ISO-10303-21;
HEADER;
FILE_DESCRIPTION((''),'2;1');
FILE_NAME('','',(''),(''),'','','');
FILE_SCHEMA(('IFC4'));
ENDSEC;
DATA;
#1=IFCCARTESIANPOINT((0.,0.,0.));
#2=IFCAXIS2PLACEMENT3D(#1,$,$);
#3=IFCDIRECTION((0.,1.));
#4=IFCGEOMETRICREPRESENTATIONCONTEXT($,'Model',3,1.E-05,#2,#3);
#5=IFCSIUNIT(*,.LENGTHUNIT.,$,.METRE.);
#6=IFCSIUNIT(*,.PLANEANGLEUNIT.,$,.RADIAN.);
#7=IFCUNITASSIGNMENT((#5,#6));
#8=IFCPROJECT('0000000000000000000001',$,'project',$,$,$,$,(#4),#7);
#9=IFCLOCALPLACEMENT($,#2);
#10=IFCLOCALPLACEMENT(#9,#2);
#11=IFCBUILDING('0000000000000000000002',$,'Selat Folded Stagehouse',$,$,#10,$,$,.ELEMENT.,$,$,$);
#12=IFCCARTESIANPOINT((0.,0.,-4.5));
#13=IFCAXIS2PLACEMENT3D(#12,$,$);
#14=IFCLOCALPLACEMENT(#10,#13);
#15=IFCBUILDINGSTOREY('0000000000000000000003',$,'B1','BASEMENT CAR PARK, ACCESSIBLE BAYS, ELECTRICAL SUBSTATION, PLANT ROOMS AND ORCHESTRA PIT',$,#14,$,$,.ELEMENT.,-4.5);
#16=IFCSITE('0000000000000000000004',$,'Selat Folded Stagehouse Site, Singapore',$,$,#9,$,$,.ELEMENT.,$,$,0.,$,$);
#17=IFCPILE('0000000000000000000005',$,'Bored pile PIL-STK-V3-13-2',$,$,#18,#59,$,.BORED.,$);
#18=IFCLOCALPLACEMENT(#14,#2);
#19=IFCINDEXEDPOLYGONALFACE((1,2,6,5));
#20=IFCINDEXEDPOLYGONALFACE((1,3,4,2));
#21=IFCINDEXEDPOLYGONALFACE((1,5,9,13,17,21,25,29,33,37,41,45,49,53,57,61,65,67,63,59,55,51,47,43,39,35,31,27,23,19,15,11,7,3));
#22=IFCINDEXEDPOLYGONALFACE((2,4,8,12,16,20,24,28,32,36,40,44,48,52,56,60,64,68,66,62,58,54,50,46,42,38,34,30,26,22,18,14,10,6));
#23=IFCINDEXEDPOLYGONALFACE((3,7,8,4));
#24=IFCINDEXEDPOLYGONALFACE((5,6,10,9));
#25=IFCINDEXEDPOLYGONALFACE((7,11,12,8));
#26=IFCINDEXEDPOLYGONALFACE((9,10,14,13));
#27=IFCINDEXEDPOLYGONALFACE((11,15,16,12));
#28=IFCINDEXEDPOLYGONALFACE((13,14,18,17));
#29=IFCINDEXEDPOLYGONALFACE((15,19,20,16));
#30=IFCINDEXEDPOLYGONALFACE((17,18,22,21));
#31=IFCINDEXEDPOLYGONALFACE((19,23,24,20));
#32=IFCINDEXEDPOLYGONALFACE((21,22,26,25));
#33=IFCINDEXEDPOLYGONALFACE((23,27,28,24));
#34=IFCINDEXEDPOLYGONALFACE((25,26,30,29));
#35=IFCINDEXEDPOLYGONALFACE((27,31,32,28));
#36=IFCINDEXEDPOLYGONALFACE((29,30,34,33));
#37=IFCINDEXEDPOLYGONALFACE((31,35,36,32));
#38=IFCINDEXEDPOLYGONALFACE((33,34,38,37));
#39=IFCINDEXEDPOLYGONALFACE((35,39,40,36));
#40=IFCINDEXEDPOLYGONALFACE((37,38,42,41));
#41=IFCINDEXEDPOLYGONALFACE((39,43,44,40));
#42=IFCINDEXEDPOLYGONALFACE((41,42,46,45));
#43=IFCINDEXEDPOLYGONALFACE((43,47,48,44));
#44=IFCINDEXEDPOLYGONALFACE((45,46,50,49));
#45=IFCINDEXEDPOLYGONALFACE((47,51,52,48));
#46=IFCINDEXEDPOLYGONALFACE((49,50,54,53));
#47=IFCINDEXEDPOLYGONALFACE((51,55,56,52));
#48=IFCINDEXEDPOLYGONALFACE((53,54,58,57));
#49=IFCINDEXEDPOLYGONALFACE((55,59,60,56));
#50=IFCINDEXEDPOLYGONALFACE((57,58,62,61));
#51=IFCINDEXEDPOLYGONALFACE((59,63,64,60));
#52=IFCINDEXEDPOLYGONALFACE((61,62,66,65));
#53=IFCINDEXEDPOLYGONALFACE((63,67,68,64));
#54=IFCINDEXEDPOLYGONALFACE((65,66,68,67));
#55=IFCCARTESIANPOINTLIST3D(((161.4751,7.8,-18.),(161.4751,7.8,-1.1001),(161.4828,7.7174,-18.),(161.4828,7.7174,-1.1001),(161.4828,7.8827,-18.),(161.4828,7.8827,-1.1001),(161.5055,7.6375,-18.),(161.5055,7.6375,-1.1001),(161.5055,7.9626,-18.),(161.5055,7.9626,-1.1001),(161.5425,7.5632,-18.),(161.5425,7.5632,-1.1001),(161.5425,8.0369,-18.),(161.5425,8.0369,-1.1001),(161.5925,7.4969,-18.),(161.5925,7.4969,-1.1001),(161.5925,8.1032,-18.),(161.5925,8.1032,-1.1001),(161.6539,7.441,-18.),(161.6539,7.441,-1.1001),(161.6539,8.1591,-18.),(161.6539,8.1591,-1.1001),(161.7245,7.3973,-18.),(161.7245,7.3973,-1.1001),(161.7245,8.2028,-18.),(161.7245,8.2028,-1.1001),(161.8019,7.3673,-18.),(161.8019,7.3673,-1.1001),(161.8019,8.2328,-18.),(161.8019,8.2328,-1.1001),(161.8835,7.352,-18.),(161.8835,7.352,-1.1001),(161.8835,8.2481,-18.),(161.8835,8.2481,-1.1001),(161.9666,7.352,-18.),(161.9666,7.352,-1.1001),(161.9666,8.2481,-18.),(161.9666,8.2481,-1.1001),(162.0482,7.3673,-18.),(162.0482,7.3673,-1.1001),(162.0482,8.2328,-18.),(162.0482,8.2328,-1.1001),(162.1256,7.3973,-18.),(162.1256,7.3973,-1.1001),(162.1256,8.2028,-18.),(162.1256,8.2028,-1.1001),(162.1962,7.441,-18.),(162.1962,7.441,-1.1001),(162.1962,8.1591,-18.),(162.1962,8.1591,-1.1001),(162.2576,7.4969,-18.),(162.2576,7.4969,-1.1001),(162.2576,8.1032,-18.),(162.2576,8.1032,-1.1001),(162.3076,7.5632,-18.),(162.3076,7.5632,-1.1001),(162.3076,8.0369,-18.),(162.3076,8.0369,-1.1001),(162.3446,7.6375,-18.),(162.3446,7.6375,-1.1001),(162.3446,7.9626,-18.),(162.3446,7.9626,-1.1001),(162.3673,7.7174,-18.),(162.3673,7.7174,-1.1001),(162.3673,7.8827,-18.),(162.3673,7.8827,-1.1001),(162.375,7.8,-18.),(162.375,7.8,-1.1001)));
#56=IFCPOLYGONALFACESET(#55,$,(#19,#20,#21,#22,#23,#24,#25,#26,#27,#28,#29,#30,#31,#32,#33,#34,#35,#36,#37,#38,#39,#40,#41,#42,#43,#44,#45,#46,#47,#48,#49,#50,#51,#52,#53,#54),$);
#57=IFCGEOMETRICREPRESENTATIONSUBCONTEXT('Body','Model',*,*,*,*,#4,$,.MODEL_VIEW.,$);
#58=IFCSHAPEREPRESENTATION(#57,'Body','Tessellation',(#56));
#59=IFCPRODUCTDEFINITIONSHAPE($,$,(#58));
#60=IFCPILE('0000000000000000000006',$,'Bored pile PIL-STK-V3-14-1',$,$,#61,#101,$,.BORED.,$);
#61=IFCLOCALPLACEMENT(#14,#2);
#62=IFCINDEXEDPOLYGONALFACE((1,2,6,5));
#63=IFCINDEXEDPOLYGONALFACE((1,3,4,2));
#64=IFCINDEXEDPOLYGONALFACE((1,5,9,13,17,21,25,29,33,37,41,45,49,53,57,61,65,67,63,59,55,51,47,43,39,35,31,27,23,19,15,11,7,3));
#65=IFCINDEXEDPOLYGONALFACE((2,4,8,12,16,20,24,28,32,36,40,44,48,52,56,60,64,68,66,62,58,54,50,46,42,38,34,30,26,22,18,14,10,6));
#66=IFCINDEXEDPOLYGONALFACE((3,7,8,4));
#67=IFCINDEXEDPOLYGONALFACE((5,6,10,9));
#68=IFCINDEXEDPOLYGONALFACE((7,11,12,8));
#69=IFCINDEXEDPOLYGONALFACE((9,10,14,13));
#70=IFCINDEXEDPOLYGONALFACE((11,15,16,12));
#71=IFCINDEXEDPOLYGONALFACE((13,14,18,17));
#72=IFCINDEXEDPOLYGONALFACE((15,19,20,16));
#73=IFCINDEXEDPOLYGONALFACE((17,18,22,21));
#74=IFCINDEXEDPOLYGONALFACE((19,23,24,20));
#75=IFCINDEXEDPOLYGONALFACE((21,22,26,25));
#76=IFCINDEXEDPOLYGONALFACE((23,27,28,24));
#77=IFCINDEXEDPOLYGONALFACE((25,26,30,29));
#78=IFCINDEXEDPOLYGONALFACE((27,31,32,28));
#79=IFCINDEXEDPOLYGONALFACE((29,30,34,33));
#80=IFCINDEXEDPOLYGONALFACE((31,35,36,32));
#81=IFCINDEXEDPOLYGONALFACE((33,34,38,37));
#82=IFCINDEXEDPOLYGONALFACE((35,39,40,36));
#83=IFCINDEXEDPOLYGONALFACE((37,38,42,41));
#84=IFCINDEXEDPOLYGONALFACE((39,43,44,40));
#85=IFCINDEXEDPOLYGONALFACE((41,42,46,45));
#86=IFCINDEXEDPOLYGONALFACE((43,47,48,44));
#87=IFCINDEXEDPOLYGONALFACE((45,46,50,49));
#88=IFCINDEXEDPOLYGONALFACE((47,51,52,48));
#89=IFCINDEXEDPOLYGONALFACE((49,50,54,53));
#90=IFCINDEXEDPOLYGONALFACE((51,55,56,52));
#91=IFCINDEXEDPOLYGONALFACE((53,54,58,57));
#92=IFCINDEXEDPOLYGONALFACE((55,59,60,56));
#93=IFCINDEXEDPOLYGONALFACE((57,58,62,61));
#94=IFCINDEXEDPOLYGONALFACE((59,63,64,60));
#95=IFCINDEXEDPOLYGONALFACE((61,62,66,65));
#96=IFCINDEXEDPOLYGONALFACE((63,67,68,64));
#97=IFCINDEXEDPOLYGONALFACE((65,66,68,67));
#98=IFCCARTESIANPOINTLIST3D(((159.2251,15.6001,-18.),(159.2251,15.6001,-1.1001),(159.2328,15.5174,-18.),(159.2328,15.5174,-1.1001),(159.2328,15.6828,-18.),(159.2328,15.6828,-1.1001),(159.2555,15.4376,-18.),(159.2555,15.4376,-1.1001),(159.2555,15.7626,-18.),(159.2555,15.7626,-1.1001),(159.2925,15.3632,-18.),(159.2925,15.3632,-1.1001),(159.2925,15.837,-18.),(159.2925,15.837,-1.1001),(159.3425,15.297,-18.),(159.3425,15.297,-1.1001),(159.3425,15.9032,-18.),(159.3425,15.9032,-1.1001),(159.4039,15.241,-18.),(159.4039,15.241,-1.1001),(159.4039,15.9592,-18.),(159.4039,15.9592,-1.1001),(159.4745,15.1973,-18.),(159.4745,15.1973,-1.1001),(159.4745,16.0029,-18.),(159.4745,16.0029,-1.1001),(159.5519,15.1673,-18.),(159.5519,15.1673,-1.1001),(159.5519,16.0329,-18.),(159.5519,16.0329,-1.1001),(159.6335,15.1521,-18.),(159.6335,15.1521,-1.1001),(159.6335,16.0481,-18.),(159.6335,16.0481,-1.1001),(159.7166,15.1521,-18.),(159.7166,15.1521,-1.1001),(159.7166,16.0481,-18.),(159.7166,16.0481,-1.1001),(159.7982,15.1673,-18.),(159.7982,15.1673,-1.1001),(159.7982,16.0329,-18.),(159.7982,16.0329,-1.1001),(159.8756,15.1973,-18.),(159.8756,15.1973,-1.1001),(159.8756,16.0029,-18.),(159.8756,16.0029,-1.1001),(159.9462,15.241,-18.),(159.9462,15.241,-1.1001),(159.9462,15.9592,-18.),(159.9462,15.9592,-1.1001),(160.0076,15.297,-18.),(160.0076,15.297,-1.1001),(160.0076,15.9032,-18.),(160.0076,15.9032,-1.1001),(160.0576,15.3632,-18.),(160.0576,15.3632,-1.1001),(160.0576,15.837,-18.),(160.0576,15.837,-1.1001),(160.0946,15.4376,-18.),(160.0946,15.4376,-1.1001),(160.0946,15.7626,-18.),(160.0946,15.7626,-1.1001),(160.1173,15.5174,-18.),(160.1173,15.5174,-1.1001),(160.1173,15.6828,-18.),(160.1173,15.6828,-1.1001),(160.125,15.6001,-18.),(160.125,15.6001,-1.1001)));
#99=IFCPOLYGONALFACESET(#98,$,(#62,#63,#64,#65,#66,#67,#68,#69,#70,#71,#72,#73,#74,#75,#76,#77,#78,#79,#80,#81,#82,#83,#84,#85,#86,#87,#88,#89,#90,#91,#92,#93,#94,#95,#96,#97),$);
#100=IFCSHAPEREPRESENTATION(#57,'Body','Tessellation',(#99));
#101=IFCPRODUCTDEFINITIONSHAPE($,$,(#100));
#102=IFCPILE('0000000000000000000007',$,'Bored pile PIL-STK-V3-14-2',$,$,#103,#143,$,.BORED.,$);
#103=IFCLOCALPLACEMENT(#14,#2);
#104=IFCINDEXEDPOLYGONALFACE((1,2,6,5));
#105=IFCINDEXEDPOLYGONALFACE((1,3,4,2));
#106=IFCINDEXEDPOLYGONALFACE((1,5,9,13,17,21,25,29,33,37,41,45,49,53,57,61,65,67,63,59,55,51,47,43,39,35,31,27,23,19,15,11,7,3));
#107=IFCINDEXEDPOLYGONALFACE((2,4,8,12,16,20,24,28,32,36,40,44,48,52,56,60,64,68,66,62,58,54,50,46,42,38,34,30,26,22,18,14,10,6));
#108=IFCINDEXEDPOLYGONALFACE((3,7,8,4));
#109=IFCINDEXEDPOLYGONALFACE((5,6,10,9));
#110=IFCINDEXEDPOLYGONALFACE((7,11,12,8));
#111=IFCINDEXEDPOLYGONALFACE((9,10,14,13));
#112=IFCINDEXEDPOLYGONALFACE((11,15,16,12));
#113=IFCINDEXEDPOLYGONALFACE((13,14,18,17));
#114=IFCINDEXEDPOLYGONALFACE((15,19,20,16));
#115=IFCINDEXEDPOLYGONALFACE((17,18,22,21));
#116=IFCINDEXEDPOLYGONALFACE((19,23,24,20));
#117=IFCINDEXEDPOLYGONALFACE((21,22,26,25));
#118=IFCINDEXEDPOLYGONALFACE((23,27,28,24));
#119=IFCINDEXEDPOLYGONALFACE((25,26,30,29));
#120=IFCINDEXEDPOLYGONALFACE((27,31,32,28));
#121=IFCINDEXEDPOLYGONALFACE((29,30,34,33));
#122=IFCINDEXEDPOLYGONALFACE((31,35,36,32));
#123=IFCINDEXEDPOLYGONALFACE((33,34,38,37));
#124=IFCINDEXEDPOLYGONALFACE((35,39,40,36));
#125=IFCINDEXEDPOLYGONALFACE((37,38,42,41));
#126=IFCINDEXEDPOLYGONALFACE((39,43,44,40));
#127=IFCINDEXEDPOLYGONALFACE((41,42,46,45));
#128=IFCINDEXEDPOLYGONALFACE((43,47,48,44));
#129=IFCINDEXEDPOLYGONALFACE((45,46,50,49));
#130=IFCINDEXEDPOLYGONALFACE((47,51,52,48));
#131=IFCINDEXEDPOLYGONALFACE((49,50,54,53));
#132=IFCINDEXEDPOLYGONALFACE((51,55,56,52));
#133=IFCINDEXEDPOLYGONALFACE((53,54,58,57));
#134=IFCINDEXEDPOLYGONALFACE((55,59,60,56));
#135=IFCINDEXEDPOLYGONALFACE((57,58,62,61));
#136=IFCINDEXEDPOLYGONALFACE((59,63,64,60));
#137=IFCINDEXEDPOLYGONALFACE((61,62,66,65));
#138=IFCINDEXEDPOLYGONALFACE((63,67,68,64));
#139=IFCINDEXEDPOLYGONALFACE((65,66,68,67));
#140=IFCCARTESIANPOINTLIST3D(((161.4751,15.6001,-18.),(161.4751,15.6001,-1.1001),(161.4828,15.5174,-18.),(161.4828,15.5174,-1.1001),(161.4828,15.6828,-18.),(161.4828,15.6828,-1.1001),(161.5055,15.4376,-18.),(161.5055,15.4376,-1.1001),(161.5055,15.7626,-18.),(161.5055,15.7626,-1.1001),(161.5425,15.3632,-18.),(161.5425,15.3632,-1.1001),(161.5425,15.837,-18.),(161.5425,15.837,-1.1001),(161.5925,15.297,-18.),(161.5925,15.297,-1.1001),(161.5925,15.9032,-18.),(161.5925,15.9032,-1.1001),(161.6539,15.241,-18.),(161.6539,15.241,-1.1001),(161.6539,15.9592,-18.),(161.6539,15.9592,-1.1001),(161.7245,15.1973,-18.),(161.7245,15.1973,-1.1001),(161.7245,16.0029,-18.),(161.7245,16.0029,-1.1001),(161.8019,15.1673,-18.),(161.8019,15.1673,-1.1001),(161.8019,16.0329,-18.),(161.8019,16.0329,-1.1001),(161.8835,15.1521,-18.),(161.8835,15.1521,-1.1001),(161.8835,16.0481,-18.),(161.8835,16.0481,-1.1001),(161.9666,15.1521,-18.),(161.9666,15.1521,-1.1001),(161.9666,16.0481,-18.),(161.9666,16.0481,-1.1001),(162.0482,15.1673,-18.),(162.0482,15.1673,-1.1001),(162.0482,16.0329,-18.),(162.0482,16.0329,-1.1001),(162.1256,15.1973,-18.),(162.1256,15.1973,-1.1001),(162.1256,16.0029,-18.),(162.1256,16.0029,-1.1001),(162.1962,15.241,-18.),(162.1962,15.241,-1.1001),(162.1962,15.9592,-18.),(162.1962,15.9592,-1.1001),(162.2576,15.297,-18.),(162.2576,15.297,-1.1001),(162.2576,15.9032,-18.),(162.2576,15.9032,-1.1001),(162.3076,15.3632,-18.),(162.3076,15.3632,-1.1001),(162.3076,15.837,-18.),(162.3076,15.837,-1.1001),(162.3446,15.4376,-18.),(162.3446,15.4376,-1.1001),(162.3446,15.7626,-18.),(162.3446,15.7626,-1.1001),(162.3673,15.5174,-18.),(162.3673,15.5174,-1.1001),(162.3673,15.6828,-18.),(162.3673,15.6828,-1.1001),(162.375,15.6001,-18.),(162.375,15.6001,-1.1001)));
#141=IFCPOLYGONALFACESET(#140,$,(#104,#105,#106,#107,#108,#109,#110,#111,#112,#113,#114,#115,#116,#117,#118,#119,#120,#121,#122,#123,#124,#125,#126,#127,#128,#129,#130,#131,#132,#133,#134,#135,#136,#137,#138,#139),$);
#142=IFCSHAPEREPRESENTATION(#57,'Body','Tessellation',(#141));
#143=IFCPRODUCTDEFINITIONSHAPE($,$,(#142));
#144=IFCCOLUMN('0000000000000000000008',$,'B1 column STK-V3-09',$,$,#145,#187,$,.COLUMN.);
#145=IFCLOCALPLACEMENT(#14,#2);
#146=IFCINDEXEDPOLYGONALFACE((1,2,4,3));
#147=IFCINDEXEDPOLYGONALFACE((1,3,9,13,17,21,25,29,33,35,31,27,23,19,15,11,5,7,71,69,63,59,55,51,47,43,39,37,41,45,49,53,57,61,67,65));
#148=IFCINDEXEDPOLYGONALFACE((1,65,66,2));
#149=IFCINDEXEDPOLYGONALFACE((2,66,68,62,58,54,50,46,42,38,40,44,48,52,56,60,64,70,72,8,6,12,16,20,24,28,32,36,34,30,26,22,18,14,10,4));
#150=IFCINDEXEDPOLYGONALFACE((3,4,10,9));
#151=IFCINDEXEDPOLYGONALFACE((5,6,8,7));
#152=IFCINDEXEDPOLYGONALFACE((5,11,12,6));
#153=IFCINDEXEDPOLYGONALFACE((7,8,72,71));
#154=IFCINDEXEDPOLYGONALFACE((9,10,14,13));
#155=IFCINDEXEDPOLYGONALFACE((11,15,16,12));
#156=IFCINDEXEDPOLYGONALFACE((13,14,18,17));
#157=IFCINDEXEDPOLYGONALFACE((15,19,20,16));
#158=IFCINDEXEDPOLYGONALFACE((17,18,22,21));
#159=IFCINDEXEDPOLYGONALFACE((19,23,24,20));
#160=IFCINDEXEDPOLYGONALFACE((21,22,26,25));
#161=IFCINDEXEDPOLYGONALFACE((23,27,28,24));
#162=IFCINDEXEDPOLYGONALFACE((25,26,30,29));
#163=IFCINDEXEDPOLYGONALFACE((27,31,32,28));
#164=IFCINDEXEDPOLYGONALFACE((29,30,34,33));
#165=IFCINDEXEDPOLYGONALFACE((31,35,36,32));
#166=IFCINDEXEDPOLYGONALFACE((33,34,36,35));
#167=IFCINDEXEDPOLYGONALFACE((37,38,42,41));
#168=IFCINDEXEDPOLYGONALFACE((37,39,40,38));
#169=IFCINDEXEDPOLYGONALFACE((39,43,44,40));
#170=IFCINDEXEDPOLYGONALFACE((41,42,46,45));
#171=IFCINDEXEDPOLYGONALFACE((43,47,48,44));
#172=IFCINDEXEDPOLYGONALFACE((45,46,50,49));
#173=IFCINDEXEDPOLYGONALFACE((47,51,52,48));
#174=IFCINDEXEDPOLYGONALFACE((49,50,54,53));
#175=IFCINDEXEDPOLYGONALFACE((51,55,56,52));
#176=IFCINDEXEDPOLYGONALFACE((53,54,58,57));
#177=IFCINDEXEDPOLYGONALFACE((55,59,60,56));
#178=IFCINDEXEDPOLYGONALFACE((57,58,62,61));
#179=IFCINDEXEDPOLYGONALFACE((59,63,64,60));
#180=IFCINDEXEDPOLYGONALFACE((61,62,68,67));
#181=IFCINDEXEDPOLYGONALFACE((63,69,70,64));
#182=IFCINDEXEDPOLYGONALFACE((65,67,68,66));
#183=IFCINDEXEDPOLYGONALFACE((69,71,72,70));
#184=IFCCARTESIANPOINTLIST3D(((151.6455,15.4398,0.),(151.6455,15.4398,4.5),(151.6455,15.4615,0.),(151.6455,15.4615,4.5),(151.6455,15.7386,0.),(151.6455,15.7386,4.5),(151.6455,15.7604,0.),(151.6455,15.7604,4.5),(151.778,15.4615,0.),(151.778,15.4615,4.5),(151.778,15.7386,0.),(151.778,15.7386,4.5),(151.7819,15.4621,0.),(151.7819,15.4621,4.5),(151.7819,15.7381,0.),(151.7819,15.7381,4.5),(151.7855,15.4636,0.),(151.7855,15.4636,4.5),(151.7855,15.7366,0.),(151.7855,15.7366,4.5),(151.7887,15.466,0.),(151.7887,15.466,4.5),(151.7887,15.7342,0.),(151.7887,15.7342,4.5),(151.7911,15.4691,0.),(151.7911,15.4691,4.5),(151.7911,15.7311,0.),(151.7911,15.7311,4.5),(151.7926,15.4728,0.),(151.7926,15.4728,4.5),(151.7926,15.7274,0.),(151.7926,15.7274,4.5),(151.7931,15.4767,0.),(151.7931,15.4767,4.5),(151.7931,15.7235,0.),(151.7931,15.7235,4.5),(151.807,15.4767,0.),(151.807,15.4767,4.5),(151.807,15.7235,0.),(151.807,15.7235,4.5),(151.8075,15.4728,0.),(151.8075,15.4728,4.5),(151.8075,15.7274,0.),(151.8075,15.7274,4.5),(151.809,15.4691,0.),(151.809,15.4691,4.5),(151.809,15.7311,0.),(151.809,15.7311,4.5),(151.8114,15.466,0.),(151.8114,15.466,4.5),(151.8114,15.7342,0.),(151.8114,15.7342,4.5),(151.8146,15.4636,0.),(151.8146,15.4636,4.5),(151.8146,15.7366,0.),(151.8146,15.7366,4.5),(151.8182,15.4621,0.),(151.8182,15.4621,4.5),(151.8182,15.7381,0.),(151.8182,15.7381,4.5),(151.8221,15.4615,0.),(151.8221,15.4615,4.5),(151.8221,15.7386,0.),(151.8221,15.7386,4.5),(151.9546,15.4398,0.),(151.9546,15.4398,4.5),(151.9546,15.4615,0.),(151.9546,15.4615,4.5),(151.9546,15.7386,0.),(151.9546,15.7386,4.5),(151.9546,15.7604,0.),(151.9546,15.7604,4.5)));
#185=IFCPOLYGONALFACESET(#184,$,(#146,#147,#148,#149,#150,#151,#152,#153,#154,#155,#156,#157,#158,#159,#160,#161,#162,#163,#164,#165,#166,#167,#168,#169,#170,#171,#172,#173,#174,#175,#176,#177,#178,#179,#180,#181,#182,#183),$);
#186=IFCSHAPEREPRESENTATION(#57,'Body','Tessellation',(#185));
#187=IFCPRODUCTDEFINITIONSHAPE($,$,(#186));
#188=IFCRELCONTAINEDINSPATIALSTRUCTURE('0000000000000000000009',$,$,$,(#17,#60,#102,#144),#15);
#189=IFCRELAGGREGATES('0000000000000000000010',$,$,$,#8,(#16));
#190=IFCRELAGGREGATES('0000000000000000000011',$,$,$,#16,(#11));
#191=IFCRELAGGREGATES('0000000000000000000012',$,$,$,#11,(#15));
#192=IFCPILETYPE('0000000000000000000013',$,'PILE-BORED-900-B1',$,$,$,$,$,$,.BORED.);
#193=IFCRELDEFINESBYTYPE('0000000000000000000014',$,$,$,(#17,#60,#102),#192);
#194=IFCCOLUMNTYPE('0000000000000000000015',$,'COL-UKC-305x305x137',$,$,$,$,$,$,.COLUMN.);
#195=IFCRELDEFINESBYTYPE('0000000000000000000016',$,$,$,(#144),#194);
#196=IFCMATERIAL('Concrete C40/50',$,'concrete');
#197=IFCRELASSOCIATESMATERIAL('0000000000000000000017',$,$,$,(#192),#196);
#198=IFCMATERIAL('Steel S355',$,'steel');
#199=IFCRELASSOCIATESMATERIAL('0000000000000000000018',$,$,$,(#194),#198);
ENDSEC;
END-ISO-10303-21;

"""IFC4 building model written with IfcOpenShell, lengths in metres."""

from ifc_helpers import new_model, si_unit, direction, frame, origin, origin_2d, place, context, subcontext, project, spatial, circle, i_section, extrude, material, material_profile, profile_set, type_object, element, save


model = new_model("IFC4")

# Units and contexts
model_context = context("Model", 3, precision=1e-05, world=origin(), true_north=direction((0.0, 1.0)))
body_context = subcontext(model_context, "Body", "Model", "MODEL_VIEW")
ifc_project = project(units=[si_unit("LENGTHUNIT", "METRE"), si_unit("PLANEANGLEUNIT", "RADIAN")], contexts=[model_context])

# Site, building, storey
site_placement = place(None, origin())
site = spatial("IfcSite", under=ifc_project, at=site_placement, Name="Selat Folded Stagehouse Site, Singapore", CompositionType="ELEMENT", RefElevation=0.0)
building_placement = place(site_placement, origin())
building = spatial("IfcBuilding", under=site, at=building_placement, Name="Selat Folded Stagehouse", CompositionType="ELEMENT")
storey_placement = place(building_placement, frame((0.0, 0.0, -4.5)))
storey = spatial("IfcBuildingStorey", under=building, at=storey_placement, Name="B1", Description="BASEMENT CAR PARK, ACCESSIBLE BAYS, ELECTRICAL SUBSTATION, PLANT ROOMS AND ORCHESTRA PIT", CompositionType="ELEMENT", Elevation=-4.5)

# Shared definitions
ifc_material_1 = material(Name="Concrete C40/50", Category="concrete")

# Piles
ifc_material_profile_1 = material_profile(ifc_material_1, circle(Radius=0.45, at=origin_2d()), Name="PILE D900")
ifc_profile_set_1 = profile_set([ifc_material_profile_1], Name="Concrete C40/50")
pile_type = type_object("IfcPileType", Name="PILE-BORED-900-B1", PredefinedType="BORED", material=ifc_profile_set_1)
for number, where, z_axis, x_axis, name in (
    (1, (161.925, 7.8, -1.1001), (0.0, 0.0, -1.0), (1.0, 0.0, 0.0), "Bored pile PIL-STK-V3-13-2"),
    (2, (159.675, 15.6001, -1.1001), (0.0, 0.0, -1.0), (1.0, 0.0, 0.0), "Bored pile PIL-STK-V3-14-1"),
    (3, (161.925, 15.6001, -1.1001), (0.0, 0.0, -1.0), (1.0, 0.0, 0.0), "Bored pile PIL-STK-V3-14-2"),
):
    element("IfcPile", number, at=place(storey_placement, frame(where, z_axis=z_axis, x_axis=x_axis)), inside=storey, type_object=pile_type, Name=name, PredefinedType="BORED", context=body_context, shape_type="SweptSolid", body=[
        extrude(circle(Radius=0.45, at=origin_2d()), origin(), (0.0, 0.0, 1.0), 16.8999),
    ])

# Column
ifc_material_2 = material(Name="Steel S355", Category="steel")
ifc_material_profile_2 = material_profile(ifc_material_2, i_section(OverallWidth=0.3091, OverallDepth=0.3206, WebThickness=0.0139, FlangeThickness=0.0217, FilletRadius=0.0151, at=origin_2d()), Name="UKC 305x305x137")
ifc_profile_set_2 = profile_set([ifc_material_profile_2], Name="Steel S355")
column_type = type_object("IfcColumnType", Name="COL-UKC-305x305x137", PredefinedType="COLUMN", material=ifc_profile_set_2)
for number, where, z_axis, x_axis, name in (
    (4, (151.8, 15.6001, 0.0), (0.0, 0.0, 1.0), (1.0, 0.0, 0.0), "B1 column STK-V3-09"),
):
    element("IfcColumn", number, at=place(storey_placement, frame(where, z_axis=z_axis, x_axis=x_axis)), inside=storey, type_object=column_type, Name=name, PredefinedType="COLUMN", context=body_context, shape_type="SweptSolid", body=[
        extrude(i_section(OverallWidth=0.3091, OverallDepth=0.3206, WebThickness=0.0139, FlangeThickness=0.0217, FilletRadius=0.0151, at=origin_2d()), origin(), (0.0, 0.0, 1.0), 4.5),
    ])

save(model, "model.ifc")
